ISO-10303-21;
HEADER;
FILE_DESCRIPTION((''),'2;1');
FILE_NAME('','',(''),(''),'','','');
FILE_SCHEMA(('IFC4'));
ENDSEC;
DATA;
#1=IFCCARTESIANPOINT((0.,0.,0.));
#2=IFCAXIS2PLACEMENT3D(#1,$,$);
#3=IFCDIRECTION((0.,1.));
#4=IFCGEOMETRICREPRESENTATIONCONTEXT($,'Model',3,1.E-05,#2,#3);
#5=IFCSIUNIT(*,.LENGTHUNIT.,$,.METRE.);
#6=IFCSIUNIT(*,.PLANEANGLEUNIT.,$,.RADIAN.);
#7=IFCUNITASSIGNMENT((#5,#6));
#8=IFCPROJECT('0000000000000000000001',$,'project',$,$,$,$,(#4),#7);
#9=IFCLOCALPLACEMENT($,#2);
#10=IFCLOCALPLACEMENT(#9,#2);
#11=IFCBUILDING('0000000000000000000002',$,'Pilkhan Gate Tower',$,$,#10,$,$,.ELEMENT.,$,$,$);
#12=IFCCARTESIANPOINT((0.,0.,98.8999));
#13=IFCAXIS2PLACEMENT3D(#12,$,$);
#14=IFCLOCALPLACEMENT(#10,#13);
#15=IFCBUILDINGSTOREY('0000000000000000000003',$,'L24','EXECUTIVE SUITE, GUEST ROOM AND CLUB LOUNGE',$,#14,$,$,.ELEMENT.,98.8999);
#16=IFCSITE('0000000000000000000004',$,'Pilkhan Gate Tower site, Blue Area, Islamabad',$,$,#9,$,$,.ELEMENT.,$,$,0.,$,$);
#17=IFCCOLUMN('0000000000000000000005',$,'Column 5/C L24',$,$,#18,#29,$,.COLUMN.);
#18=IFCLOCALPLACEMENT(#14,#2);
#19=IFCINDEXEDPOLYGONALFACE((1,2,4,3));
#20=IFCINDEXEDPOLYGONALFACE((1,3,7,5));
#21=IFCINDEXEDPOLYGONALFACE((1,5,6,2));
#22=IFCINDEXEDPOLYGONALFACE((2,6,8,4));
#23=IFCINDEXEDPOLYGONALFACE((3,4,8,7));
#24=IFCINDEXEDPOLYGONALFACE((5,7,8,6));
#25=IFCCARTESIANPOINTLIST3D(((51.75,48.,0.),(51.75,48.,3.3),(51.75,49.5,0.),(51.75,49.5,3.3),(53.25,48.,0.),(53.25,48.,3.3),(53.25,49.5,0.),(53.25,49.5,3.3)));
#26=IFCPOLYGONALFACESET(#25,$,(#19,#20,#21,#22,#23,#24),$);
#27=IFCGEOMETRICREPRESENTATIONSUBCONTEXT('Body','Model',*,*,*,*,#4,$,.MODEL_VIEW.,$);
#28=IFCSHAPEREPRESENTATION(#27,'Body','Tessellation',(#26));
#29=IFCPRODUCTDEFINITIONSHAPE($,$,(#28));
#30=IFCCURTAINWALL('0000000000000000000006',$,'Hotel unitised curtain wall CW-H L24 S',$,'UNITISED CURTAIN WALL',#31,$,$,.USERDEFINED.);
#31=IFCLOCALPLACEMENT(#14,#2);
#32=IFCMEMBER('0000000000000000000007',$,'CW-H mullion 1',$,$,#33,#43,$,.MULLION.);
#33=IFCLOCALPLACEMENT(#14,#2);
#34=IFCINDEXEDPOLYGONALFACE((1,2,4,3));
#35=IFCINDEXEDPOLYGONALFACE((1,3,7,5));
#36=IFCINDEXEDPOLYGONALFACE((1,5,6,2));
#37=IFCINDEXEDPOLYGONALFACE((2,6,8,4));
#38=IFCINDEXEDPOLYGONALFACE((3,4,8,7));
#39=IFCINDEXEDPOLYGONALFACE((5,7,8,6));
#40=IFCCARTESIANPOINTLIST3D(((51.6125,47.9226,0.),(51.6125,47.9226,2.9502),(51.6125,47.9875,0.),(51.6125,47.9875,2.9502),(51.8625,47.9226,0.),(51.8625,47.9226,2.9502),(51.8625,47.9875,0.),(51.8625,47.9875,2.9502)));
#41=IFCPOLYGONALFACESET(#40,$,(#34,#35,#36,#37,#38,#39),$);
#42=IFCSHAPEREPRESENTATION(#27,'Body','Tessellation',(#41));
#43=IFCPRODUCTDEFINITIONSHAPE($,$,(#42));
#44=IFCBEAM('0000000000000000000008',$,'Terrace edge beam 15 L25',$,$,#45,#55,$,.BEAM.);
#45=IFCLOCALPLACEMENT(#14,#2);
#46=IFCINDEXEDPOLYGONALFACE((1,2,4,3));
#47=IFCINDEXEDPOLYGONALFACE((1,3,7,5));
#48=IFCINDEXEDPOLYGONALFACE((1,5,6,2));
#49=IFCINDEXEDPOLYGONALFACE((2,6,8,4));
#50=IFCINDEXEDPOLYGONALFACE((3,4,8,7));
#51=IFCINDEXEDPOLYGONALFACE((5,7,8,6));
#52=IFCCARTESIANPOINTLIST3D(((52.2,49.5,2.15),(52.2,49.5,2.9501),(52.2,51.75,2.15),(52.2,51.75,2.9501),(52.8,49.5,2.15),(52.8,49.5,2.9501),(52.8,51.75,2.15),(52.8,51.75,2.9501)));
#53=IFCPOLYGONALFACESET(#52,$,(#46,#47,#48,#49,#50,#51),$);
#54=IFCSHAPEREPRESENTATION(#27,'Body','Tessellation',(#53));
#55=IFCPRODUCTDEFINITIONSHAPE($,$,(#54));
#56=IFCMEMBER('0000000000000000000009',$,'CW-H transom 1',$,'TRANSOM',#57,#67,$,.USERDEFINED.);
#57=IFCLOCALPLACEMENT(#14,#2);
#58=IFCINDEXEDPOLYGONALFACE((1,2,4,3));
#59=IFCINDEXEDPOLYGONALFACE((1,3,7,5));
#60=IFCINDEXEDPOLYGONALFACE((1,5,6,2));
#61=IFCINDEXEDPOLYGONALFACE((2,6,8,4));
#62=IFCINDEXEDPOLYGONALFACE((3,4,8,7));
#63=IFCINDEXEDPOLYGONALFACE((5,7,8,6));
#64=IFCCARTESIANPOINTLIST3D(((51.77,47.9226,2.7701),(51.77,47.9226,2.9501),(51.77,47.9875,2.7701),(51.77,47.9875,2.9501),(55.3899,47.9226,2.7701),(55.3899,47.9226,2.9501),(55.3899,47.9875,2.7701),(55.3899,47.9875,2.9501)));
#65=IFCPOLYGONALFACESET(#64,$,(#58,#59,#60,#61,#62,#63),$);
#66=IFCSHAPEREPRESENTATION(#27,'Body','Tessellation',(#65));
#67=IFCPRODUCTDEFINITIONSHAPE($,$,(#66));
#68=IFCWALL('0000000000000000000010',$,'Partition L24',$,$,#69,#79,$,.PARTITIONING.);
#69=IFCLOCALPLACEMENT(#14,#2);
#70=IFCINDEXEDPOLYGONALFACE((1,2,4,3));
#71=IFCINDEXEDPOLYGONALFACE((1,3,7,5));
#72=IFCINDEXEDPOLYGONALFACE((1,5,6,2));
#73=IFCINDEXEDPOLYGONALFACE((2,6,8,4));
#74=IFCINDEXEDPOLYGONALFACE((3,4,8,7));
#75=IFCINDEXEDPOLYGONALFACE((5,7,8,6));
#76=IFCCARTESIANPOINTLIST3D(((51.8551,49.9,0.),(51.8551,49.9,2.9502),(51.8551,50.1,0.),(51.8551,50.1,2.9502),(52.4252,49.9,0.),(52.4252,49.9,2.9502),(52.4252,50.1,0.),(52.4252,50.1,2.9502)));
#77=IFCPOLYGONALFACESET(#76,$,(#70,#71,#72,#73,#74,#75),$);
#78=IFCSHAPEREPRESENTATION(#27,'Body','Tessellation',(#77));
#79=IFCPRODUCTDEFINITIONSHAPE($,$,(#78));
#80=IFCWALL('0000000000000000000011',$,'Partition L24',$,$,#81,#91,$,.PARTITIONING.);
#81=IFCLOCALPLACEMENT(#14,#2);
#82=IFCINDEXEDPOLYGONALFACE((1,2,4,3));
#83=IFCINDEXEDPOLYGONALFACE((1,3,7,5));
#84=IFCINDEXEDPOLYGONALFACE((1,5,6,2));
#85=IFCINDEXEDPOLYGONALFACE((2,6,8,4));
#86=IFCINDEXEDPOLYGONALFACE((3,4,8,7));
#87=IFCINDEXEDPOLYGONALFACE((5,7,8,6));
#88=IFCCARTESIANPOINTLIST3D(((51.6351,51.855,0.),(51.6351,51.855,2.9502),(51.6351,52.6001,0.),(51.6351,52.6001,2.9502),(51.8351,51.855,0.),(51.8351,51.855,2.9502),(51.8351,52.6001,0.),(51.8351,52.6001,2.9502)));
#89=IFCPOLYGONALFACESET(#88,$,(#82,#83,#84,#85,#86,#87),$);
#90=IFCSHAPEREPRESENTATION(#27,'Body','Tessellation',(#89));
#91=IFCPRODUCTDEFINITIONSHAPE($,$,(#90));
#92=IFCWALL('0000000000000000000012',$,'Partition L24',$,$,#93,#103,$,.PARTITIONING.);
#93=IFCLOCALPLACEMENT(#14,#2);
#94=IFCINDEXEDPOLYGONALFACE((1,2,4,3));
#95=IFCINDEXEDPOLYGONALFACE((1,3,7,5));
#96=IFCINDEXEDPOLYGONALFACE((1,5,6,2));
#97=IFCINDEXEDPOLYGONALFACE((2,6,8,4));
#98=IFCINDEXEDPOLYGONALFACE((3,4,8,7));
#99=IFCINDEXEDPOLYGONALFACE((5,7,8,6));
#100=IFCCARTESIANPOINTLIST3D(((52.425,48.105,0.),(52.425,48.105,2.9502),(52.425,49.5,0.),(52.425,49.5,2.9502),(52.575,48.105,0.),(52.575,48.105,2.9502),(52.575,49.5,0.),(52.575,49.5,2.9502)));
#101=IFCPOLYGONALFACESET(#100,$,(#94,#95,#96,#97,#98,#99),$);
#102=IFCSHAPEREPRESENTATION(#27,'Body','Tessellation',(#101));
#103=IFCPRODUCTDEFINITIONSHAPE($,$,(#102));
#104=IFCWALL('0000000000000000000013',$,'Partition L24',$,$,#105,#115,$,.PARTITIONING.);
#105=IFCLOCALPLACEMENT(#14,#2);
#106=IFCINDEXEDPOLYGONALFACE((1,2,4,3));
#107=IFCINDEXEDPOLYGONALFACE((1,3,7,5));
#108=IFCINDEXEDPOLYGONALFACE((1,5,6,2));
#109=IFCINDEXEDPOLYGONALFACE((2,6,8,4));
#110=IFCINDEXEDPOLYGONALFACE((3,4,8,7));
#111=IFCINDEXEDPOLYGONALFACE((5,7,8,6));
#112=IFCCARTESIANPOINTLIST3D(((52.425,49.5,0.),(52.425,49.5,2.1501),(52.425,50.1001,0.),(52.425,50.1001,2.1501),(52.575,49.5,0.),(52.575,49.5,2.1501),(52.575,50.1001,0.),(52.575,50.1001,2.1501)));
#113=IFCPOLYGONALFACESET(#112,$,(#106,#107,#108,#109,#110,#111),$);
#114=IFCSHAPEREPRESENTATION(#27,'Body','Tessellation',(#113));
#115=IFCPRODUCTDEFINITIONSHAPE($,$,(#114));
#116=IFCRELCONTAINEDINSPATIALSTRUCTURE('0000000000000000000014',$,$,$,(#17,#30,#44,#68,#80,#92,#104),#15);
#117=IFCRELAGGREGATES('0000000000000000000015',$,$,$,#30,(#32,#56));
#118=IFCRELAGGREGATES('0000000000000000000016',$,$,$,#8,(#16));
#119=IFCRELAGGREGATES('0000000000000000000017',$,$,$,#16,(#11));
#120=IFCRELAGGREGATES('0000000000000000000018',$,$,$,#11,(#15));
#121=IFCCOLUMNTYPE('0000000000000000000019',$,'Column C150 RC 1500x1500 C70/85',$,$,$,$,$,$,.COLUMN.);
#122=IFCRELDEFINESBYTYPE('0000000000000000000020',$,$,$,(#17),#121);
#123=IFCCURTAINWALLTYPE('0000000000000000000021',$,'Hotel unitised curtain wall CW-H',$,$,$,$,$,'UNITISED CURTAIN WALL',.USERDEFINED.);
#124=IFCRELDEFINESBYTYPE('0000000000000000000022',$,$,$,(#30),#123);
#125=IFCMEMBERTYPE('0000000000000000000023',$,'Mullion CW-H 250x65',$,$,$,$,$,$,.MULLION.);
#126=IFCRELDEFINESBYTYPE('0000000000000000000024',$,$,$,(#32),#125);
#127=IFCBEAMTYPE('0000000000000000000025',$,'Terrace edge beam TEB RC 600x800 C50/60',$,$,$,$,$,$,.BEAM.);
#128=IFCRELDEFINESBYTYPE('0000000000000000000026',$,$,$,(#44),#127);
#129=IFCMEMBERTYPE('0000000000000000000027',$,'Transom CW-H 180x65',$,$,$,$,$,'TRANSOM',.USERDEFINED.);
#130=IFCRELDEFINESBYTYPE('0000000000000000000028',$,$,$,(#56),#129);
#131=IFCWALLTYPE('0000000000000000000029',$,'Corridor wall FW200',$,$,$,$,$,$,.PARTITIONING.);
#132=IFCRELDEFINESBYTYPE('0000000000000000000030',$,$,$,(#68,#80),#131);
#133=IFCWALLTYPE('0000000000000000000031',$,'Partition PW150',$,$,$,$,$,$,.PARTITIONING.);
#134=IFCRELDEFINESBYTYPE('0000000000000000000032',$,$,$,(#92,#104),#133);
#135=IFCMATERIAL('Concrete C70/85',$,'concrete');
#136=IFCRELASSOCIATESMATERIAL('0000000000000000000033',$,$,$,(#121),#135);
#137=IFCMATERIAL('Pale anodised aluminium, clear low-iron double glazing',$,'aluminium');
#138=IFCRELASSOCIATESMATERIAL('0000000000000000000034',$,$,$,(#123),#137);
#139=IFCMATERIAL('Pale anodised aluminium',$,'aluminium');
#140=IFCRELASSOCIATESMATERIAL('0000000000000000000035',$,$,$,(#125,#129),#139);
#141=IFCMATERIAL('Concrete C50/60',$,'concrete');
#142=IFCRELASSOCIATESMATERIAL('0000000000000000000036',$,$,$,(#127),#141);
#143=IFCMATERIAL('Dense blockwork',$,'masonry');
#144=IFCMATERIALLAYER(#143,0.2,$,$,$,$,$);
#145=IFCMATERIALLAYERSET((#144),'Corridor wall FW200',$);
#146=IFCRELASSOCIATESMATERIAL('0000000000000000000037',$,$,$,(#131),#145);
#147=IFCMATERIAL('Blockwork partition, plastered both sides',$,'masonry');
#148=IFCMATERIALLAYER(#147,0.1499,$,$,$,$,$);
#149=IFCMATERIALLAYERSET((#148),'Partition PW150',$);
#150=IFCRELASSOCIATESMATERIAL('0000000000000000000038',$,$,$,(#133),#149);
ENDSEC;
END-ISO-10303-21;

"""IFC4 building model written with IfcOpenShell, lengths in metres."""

from ifc_helpers import new_model, si_unit, direction, frame, frame_2d, origin, origin_2d, place, context, subcontext, project, spatial, rectangle, extrude, material, layer, layer_set, material_profile, profile_set, type_object, element, aggregate, save


model = new_model("IFC4")

# Units and contexts
model_context = context("Model", 3, precision=1e-05, world=origin(), true_north=direction((0.0, 1.0)))
body_context = subcontext(model_context, "Body", "Model", "MODEL_VIEW")
ifc_project = project(units=[si_unit("LENGTHUNIT", "METRE"), si_unit("PLANEANGLEUNIT", "RADIAN")], contexts=[model_context])

# Site, building, storey
site_placement = place(None, origin())
site = spatial("IfcSite", under=ifc_project, at=site_placement, Name="Pilkhan Gate Tower site, Blue Area, Islamabad", CompositionType="ELEMENT", RefElevation=0.0)
building_placement = place(site_placement, origin())
building = spatial("IfcBuilding", under=site, at=building_placement, Name="Pilkhan Gate Tower", CompositionType="ELEMENT")
storey_placement = place(building_placement, frame((0.0, 0.0, 98.8999)))
storey = spatial("IfcBuildingStorey", under=building, at=storey_placement, Name="L24", Description="EXECUTIVE SUITE, GUEST ROOM AND CLUB LOUNGE", CompositionType="ELEMENT", Elevation=98.8999)

# Column
ifc_material_1 = material(Name="Concrete C70/85", Category="concrete")
ifc_material_profile_1 = material_profile(ifc_material_1, rectangle(XDim=1.5, YDim=1.5, at=origin_2d()), Name="RC 1500x1500")
ifc_profile_set_1 = profile_set([ifc_material_profile_1], Name="Concrete C70/85")
column_type = type_object("IfcColumnType", Name="Column C150 RC 1500x1500 C70/85", PredefinedType="COLUMN", material=ifc_profile_set_1)
column_placement = place(storey_placement, frame((52.5, 48.75, 0.0), z_axis=(0.0, 0.0, 1.0), x_axis=(1.0, 0.0, 0.0)))
element("IfcColumn", 1, at=column_placement, inside=storey, type_object=column_type, Name="Column 5/C L24", PredefinedType="COLUMN", context=body_context, shape_type="SweptSolid", body=[
    extrude(rectangle(XDim=1.5, YDim=1.5, at=origin_2d()), origin(), (0.0, 0.0, 1.0), 3.3),
])

# Curtain wall, member
ifc_material_2 = material(Name="Pale anodised aluminium, clear low-iron double glazing", Category="aluminium")
curtain_wall_type = type_object("IfcCurtainWallType", Name="Hotel unitised curtain wall CW-H", ElementType="UNITISED CURTAIN WALL", PredefinedType="USERDEFINED", material=ifc_material_2)
curtain_wall_placement = place(storey_placement, origin())
curtain_wall = element("IfcCurtainWall", 2, at=curtain_wall_placement, inside=storey, type_object=curtain_wall_type, Name="Hotel unitised curtain wall CW-H L24 S", ObjectType="UNITISED CURTAIN WALL", PredefinedType="USERDEFINED")
ifc_material_3 = material(Name="Pale anodised aluminium", Category="aluminium")
ifc_material_profile_2 = material_profile(ifc_material_3, rectangle(XDim=0.0649, YDim=0.25, at=origin_2d()), Name="Mullion 250x65")
ifc_profile_set_2 = profile_set([ifc_material_profile_2], Name="Pale anodised aluminium")
member_type_1 = type_object("IfcMemberType", Name="Mullion CW-H 250x65", PredefinedType="MULLION", material=ifc_profile_set_2)
member_1_placement = place(storey_placement, frame((51.7375, 47.9551, 0.0), z_axis=(0.0, 0.0, 1.0), x_axis=(0.0, 1.0, 0.0)))
member_1 = element("IfcMember", 3, at=member_1_placement, type_object=member_type_1, Name="CW-H mullion 1", PredefinedType="MULLION", context=body_context, shape_type="SweptSolid", body=[
    extrude(rectangle(XDim=0.0649, YDim=0.25, at=origin_2d()), origin(), (0.0, 0.0, 1.0), 2.9502),
])

# Beam
ifc_material_4 = material(Name="Concrete C50/60", Category="concrete")
ifc_material_profile_3 = material_profile(ifc_material_4, rectangle(XDim=0.6001, YDim=0.8, at=origin_2d()), Name="RC 600x800")
ifc_profile_set_3 = profile_set([ifc_material_profile_3], Name="Concrete C50/60")
beam_type = type_object("IfcBeamType", Name="Terrace edge beam TEB RC 600x800 C50/60", PredefinedType="BEAM", material=ifc_profile_set_3)
beam_placement = place(storey_placement, frame((52.5, 49.5, 2.55), z_axis=(0.0, 1.0, 0.0), x_axis=(-1.0, 0.0, 0.0)))
element("IfcBeam", 4, at=beam_placement, inside=storey, type_object=beam_type, Name="Terrace edge beam 15 L25", PredefinedType="BEAM", context=body_context, shape_type="SweptSolid", body=[
    extrude(rectangle(XDim=0.6001, YDim=0.8, at=origin_2d()), origin(), (0.0, 0.0, 1.0), 2.25),
])

# Member
ifc_material_profile_4 = material_profile(ifc_material_3, rectangle(XDim=0.0649, YDim=0.1799, at=origin_2d()), Name="Transom 180x65")
ifc_profile_set_4 = profile_set([ifc_material_profile_4], Name="Pale anodised aluminium")
member_type_2 = type_object("IfcMemberType", Name="Transom CW-H 180x65", ElementType="TRANSOM", PredefinedType="USERDEFINED", material=ifc_profile_set_4)
member_2_placement = place(storey_placement, frame((51.77, 47.9551, 2.8601), z_axis=(1.0, 0.0, 0.0), x_axis=(0.0, 1.0, 0.0)))
member_2 = element("IfcMember", 5, at=member_2_placement, type_object=member_type_2, Name="CW-H transom 1", ObjectType="TRANSOM", PredefinedType="USERDEFINED", context=body_context, shape_type="SweptSolid", body=[
    extrude(rectangle(XDim=0.0649, YDim=0.1799, at=origin_2d()), origin(), (0.0, 0.0, 1.0), 3.6199),
])
aggregate(curtain_wall, [member_1, member_2])

# Wall
ifc_material_5 = material(Name="Dense blockwork", Category="masonry")
ifc_layer_1 = layer(ifc_material_5, 0.2)
ifc_layer_set_1 = layer_set([ifc_layer_1], Name="Corridor wall FW200")
wall_type_1 = type_object("IfcWallType", Name="Corridor wall FW200", PredefinedType="PARTITIONING", material=ifc_layer_set_1)
wall_1_placement = place(storey_placement, frame((51.855, 50.0, 0.0), z_axis=(0.0, 0.0, 1.0), x_axis=(1.0, 0.0, 0.0)))
element("IfcWall", 6, at=wall_1_placement, inside=storey, type_object=wall_type_1, Name="Partition L24", PredefinedType="PARTITIONING", context=body_context, shape_type="SweptSolid", body=[
    extrude(rectangle(XDim=0.5701, YDim=0.2, at=frame_2d((0.2852, 0.0))), origin(), (0.0, 0.0, 1.0), 2.9502),
])

# Walls
wall_2_placement = place(storey_placement, frame((51.7351, 51.855, 0.0), z_axis=(0.0, 0.0, 1.0), x_axis=(0.0, 1.0, 0.0)))
element("IfcWall", 7, at=wall_2_placement, inside=storey, type_object=wall_type_1, Name="Partition L24", PredefinedType="PARTITIONING", context=body_context, shape_type="SweptSolid", body=[
    extrude(rectangle(XDim=0.7451, YDim=0.2, at=frame_2d((0.3726, 0.0))), origin(), (0.0, 0.0, 1.0), 2.9502),
])
ifc_material_6 = material(Name="Blockwork partition, plastered both sides", Category="masonry")
ifc_layer_2 = layer(ifc_material_6, 0.1499)
ifc_layer_set_2 = layer_set([ifc_layer_2], Name="Partition PW150")
wall_type_2 = type_object("IfcWallType", Name="Partition PW150", PredefinedType="PARTITIONING", material=ifc_layer_set_2)
wall_3_placement = place(storey_placement, frame((52.5, 48.105, 0.0), z_axis=(0.0, 0.0, 1.0), x_axis=(0.0, 1.0, 0.0)))
element("IfcWall", 8, at=wall_3_placement, inside=storey, type_object=wall_type_2, Name="Partition L24", PredefinedType="PARTITIONING", context=body_context, shape_type="SweptSolid", body=[
    extrude(rectangle(XDim=1.395, YDim=0.1499, at=frame_2d((0.6975, 0.0))), origin(), (0.0, 0.0, 1.0), 2.9502),
])
wall_4_placement = place(storey_placement, frame((52.5, 49.5, 0.0), z_axis=(0.0, 0.0, 1.0), x_axis=(0.0, 1.0, 0.0)))
element("IfcWall", 9, at=wall_4_placement, inside=storey, type_object=wall_type_2, Name="Partition L24", PredefinedType="PARTITIONING", context=body_context, shape_type="SweptSolid", body=[
    extrude(rectangle(XDim=0.6001, YDim=0.1499, at=frame_2d((0.3, 0.0))), origin(), (0.0, 0.0, 1.0), 2.1501),
])

save(model, "model.ifc")
